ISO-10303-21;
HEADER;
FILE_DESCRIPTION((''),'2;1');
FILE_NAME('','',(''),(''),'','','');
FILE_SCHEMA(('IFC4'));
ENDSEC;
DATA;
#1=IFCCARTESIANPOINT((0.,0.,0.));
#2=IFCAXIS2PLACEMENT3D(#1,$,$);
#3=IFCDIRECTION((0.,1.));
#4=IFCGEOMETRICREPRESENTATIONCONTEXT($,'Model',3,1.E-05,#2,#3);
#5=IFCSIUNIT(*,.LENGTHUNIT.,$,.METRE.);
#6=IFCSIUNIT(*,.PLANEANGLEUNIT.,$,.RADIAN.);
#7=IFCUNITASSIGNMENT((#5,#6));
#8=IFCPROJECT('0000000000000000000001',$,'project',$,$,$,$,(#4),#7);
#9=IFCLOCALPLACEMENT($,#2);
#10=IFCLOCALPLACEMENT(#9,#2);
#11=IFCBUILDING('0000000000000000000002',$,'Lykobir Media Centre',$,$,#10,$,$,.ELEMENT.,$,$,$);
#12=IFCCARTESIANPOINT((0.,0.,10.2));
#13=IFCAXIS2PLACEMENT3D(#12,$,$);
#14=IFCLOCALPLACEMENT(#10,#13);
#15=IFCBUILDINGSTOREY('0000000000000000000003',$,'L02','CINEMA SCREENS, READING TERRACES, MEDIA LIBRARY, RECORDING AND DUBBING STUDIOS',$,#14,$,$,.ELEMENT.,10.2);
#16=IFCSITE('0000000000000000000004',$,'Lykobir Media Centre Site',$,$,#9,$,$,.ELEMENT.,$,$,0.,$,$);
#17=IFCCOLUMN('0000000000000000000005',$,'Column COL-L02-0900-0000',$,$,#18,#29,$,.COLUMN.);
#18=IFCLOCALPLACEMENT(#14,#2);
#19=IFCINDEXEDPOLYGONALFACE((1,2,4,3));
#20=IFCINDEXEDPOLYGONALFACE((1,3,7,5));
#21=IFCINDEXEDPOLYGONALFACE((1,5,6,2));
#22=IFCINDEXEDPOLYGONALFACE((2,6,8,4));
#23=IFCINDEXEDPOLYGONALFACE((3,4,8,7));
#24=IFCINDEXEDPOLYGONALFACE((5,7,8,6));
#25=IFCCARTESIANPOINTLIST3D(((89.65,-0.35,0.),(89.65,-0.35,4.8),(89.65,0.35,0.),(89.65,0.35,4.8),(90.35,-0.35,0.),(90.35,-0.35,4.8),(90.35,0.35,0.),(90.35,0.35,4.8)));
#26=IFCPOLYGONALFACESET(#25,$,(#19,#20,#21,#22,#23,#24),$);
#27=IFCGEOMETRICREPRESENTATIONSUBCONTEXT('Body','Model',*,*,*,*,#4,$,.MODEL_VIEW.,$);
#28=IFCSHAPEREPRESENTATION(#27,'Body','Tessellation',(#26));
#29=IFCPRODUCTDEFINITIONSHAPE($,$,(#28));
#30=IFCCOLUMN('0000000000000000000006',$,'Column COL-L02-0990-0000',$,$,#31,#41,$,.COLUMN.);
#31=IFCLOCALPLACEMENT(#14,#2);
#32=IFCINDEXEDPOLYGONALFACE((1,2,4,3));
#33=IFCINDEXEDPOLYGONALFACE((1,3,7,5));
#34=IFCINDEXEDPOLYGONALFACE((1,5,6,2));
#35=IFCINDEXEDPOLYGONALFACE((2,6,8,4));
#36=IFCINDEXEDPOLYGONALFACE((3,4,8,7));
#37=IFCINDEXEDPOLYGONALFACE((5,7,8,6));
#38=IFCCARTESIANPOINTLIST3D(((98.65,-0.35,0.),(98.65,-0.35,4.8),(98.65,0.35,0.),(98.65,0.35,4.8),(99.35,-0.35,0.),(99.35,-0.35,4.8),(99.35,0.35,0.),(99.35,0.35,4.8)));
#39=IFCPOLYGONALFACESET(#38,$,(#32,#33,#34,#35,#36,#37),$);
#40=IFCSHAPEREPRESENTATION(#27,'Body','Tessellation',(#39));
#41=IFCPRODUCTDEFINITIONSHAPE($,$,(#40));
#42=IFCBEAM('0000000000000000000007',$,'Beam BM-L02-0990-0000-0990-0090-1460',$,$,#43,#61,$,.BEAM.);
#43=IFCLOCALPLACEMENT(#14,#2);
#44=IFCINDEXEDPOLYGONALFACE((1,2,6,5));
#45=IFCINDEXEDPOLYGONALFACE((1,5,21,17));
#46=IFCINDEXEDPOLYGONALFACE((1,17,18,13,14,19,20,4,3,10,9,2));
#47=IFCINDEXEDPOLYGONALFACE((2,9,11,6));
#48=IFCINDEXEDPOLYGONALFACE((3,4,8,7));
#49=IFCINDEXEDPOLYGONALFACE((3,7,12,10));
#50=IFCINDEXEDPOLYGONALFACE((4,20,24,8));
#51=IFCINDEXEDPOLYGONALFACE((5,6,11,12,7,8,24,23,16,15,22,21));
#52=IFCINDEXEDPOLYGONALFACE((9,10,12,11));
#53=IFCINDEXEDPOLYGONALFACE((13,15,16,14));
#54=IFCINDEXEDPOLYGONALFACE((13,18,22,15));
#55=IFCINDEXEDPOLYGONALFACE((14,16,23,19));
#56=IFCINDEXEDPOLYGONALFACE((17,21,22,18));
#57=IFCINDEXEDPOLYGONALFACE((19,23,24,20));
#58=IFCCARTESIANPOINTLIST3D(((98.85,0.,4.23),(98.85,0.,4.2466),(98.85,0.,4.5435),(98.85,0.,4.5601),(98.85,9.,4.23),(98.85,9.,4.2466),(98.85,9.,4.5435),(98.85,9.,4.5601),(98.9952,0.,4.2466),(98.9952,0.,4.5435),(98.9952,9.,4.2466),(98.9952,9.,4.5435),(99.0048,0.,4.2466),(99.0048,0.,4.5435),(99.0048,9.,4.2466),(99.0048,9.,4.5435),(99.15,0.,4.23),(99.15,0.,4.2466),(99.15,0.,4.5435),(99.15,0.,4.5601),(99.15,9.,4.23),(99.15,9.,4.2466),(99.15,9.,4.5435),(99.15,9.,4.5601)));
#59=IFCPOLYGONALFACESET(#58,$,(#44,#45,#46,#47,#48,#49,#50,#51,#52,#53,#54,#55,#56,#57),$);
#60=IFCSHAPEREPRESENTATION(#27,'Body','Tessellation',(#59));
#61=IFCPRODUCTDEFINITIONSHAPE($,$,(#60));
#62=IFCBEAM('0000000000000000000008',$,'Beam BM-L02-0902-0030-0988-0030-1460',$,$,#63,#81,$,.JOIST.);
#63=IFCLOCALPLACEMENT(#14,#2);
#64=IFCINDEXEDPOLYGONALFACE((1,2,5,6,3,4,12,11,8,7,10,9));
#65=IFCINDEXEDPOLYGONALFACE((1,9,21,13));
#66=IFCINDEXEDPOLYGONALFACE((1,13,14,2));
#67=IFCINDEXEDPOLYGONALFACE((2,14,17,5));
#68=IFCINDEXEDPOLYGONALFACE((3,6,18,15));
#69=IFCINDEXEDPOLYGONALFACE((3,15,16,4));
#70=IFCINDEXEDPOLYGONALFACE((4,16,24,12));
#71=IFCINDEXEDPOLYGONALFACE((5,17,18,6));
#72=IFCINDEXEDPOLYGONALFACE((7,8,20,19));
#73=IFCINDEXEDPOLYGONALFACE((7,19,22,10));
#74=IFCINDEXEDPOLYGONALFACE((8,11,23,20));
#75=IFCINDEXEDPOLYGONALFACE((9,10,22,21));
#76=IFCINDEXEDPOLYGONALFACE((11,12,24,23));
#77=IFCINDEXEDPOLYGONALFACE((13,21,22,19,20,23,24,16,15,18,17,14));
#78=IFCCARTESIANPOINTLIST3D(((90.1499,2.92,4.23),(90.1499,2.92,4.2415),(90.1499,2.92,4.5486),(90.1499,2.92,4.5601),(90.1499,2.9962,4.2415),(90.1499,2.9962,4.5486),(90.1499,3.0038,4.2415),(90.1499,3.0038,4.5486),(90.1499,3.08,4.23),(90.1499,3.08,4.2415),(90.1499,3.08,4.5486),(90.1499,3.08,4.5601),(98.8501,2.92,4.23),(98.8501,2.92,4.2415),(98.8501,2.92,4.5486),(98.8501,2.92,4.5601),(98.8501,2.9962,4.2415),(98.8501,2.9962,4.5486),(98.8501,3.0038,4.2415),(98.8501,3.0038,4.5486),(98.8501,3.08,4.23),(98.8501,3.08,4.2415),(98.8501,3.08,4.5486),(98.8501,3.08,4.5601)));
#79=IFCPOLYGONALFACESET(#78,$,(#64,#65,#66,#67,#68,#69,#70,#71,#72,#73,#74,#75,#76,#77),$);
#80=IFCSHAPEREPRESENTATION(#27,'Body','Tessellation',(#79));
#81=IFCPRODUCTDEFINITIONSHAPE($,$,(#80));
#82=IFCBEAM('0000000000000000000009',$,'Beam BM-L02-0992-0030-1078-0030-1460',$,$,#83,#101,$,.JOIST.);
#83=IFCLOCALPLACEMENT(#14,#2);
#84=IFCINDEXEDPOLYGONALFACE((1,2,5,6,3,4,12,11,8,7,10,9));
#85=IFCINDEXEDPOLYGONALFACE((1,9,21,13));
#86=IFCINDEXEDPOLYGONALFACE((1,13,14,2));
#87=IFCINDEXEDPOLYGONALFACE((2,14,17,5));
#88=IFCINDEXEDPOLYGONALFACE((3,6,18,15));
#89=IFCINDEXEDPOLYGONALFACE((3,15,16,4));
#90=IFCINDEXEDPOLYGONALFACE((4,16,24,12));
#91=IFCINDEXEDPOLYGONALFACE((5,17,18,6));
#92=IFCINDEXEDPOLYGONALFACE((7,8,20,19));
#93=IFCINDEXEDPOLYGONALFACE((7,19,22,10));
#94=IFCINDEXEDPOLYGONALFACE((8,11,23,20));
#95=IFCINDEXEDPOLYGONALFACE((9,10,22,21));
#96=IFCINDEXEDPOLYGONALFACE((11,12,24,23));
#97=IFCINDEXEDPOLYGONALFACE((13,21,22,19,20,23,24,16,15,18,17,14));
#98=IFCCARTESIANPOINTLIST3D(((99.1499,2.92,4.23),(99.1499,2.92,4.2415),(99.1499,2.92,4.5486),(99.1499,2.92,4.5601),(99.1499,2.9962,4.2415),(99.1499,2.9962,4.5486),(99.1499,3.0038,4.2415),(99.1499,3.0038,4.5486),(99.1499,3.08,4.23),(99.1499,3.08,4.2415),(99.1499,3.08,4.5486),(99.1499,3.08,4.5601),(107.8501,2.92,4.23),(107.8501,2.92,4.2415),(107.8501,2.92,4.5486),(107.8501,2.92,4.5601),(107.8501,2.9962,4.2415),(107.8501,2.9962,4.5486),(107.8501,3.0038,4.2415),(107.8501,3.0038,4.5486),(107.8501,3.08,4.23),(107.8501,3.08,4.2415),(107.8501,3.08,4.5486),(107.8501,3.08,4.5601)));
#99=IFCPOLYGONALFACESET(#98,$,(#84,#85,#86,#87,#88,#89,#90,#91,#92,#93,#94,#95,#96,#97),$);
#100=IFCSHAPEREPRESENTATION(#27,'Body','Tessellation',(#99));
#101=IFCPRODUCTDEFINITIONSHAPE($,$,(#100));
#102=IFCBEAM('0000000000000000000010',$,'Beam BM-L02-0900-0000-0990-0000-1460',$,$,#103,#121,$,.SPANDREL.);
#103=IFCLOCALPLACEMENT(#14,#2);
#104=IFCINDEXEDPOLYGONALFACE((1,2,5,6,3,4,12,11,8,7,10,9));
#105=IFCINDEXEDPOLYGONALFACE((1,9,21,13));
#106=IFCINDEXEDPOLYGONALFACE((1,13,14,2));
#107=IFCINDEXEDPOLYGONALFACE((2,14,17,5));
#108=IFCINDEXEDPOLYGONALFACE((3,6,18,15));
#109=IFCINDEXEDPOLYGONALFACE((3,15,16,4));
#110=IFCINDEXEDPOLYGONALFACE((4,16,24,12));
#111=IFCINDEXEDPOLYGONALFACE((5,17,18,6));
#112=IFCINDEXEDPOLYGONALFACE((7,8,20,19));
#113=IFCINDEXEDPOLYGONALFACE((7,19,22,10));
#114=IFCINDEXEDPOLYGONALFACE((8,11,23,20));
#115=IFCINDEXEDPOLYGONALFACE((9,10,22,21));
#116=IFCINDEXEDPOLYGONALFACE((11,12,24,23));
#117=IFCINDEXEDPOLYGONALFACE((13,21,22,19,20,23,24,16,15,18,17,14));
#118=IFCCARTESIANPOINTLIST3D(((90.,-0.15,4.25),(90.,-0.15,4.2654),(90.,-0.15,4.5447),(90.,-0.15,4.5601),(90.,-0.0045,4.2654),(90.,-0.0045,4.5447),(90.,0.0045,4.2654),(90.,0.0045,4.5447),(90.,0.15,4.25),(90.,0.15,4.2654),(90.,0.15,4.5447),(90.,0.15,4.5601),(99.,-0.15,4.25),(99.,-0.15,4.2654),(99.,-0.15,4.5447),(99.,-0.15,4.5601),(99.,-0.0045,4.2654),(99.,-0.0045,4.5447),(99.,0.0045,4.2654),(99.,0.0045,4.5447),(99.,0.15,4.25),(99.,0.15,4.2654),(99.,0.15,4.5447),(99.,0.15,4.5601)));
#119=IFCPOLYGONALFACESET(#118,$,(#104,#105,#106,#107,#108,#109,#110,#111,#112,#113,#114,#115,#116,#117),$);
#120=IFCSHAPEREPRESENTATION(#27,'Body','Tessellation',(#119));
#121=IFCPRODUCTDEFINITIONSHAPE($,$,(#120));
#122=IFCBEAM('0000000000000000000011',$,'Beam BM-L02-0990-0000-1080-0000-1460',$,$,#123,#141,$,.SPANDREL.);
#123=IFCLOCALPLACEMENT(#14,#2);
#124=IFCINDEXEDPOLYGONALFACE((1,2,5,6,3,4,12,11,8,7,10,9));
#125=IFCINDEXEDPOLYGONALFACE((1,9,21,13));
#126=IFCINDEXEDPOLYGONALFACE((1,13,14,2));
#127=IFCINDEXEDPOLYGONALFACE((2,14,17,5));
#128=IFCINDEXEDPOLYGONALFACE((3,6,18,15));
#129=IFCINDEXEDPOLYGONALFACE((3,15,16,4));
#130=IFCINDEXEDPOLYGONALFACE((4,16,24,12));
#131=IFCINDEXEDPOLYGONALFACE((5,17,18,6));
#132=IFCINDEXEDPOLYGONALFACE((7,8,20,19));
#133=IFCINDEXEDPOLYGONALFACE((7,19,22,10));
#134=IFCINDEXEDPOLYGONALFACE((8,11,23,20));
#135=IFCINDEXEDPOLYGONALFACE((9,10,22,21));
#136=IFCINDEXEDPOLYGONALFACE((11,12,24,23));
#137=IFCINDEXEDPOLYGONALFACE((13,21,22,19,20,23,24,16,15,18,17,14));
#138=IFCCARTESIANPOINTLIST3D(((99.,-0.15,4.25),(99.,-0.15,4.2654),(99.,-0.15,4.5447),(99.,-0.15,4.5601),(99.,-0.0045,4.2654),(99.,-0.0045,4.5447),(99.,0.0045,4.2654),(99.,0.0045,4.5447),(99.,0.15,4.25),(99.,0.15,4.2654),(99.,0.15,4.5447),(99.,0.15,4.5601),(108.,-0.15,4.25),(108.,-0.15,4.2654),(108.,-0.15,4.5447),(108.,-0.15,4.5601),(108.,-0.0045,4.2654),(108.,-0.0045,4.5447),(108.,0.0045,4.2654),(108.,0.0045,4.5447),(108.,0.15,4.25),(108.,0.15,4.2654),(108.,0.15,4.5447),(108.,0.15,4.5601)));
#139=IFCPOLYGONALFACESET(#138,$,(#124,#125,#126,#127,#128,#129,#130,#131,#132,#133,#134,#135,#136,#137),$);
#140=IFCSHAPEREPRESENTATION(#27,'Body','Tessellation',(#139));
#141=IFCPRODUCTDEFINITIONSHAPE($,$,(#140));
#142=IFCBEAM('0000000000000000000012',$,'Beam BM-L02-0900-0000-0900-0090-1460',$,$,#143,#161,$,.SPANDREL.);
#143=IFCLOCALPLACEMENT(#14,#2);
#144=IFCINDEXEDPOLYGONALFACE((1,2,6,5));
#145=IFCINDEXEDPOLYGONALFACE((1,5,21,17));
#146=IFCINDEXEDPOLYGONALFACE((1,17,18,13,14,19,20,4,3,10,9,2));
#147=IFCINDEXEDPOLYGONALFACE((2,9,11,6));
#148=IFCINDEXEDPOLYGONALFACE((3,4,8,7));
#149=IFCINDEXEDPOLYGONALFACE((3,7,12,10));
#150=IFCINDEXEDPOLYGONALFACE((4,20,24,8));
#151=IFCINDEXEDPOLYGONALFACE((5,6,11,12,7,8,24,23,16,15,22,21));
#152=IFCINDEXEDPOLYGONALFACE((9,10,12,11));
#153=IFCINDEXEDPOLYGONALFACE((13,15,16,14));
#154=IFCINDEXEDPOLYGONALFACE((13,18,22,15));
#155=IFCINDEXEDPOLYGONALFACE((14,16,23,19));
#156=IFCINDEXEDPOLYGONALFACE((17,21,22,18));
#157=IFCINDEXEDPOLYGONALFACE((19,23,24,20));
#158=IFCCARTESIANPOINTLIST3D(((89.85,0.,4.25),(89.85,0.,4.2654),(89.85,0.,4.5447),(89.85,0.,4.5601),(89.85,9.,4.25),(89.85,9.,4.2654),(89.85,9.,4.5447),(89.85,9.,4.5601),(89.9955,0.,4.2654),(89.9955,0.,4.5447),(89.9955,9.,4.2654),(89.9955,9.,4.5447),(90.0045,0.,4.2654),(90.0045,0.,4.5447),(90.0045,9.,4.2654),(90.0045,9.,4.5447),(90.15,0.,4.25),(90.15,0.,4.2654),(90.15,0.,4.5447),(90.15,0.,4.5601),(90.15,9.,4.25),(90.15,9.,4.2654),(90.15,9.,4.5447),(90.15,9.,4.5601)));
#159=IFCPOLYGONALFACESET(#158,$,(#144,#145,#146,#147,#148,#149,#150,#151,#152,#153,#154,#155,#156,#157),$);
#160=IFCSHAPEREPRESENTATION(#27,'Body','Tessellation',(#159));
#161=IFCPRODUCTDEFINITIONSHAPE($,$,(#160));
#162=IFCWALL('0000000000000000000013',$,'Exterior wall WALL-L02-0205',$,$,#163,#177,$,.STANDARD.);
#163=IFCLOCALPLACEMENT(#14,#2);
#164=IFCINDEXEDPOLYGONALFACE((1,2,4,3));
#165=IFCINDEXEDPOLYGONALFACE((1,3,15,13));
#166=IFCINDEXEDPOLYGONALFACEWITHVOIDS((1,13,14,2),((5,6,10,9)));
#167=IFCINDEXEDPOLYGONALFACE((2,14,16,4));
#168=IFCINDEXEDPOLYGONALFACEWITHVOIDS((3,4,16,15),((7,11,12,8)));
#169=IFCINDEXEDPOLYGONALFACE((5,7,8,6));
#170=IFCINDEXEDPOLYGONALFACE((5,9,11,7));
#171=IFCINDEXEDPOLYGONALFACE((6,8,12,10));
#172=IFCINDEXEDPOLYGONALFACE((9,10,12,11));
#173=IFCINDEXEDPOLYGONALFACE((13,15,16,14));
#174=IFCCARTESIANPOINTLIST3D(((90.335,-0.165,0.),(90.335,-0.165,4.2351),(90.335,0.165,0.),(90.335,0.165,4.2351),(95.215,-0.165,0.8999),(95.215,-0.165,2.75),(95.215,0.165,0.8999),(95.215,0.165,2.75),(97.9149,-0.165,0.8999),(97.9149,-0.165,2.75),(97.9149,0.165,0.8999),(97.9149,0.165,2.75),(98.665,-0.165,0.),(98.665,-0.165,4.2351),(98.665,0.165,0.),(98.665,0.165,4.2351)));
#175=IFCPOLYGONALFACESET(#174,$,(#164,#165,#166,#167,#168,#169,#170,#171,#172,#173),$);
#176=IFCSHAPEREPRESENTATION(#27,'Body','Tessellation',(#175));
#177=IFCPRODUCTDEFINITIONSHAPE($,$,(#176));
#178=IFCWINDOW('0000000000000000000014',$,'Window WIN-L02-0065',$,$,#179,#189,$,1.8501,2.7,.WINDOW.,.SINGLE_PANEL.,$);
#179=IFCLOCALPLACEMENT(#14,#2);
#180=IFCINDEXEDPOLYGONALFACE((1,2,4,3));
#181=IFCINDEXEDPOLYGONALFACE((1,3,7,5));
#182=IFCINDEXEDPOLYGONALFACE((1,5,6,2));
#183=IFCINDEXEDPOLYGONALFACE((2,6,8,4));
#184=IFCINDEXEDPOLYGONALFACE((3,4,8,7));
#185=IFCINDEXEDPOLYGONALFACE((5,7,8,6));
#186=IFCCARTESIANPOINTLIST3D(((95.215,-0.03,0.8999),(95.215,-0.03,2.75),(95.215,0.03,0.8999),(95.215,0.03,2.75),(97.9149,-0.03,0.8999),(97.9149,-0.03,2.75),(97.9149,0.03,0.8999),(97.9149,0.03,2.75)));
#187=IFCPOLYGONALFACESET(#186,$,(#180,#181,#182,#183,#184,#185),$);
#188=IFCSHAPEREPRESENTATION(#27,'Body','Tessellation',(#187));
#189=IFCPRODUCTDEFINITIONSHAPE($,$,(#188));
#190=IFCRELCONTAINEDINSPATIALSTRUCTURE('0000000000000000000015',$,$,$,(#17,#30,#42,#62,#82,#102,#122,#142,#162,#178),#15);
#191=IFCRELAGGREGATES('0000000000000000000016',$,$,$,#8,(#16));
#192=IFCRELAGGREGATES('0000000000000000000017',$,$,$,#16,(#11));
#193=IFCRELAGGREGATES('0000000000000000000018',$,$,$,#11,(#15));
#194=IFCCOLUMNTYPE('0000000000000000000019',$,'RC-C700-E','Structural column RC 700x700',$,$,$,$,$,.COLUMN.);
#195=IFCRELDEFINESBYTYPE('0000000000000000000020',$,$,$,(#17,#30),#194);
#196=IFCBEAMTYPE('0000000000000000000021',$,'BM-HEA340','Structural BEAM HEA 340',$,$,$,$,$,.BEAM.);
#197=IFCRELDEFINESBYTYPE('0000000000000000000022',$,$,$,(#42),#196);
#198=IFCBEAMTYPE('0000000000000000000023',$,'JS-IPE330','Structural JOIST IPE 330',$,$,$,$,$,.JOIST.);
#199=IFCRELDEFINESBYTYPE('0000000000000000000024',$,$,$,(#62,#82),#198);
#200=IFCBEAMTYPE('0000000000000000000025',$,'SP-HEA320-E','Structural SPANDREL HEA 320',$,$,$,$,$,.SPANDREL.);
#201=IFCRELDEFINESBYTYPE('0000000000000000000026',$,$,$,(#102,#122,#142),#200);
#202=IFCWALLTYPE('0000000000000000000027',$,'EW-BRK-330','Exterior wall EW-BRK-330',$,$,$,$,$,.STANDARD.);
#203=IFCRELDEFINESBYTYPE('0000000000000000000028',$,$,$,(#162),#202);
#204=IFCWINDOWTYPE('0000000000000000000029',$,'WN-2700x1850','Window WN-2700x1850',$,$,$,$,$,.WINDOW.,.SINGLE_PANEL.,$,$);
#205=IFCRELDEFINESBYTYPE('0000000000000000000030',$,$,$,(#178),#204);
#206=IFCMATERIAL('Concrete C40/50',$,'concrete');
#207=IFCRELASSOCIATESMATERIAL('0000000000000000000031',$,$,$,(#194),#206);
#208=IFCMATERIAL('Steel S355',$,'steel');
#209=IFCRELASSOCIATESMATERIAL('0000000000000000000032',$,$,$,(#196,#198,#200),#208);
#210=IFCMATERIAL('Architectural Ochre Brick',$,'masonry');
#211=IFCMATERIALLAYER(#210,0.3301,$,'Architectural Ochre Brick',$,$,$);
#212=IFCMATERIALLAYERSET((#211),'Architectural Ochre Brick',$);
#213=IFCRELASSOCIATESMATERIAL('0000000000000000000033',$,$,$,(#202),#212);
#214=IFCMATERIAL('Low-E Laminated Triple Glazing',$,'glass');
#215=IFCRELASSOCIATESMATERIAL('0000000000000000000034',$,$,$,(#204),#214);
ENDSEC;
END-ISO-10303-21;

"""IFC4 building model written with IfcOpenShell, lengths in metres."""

from ifc_helpers import new_model, si_unit, direction, frame, frame_2d, origin, origin_2d, place, context, subcontext, project, spatial, rectangle, i_section, extrude, material, layer, layer_set, material_profile, profile_set, type_object, element, fill, save


model = new_model("IFC4")

# Units and contexts
model_context = context("Model", 3, precision=1e-05, world=origin(), true_north=direction((0.0, 1.0)))
body_context = subcontext(model_context, "Body", "Model", "MODEL_VIEW")
ifc_project = project(units=[si_unit("LENGTHUNIT", "METRE"), si_unit("PLANEANGLEUNIT", "RADIAN")], contexts=[model_context])

# Site, building, storey
site_placement = place(None, origin())
site = spatial("IfcSite", under=ifc_project, at=site_placement, Name="Lykobir Media Centre Site", CompositionType="ELEMENT", RefElevation=0.0)
building_placement = place(site_placement, origin())
building = spatial("IfcBuilding", under=site, at=building_placement, Name="Lykobir Media Centre", CompositionType="ELEMENT")
storey_placement = place(building_placement, frame((0.0, 0.0, 10.2)))
storey = spatial("IfcBuildingStorey", under=building, at=storey_placement, Name="L02", Description="CINEMA SCREENS, READING TERRACES, MEDIA LIBRARY, RECORDING AND DUBBING STUDIOS", CompositionType="ELEMENT", Elevation=10.2)

# Columns
ifc_material_1 = material(Name="Concrete C40/50", Category="concrete")
ifc_material_profile_1 = material_profile(ifc_material_1, rectangle(XDim=0.7, YDim=0.7, at=origin_2d()), Name="RC 700x700")
ifc_profile_set_1 = profile_set([ifc_material_profile_1], Name="Concrete C40/50")
column_type = type_object("IfcColumnType", Name="RC-C700-E", Description="Structural column RC 700x700", PredefinedType="COLUMN", material=ifc_profile_set_1)
for number, where, z_axis, x_axis, name in (
    (1, (90.0, 0.0, 0.0), (0.0, 0.0, 1.0), (1.0, 0.0, 0.0), "Column COL-L02-0900-0000"),
    (2, (99.0, 0.0, 0.0), (0.0, 0.0, 1.0), (1.0, 0.0, 0.0), "Column COL-L02-0990-0000"),
):
    element("IfcColumn", number, at=place(storey_placement, frame(where, z_axis=z_axis, x_axis=x_axis)), inside=storey, type_object=column_type, Name=name, PredefinedType="COLUMN", context=body_context, shape_type="SweptSolid", body=[
        extrude(rectangle(XDim=0.7, YDim=0.7, at=origin_2d()), origin(), (0.0, 0.0, 1.0), 4.8),
    ])

# Beams
ifc_material_2 = material(Name="Steel S355", Category="steel")
ifc_material_profile_2 = material_profile(ifc_material_2, i_section(OverallWidth=0.3, OverallDepth=0.3301, WebThickness=0.0095, FlangeThickness=0.0166, at=origin_2d()), Name="HEA 340")
ifc_profile_set_2 = profile_set([ifc_material_profile_2], Name="Steel S355")
beam_type_1 = type_object("IfcBeamType", Name="BM-HEA340", Description="Structural BEAM HEA 340", PredefinedType="BEAM", material=ifc_profile_set_2)
beam_placement = place(storey_placement, frame((99.0, 0.0, 4.395), z_axis=(0.0, 1.0, 0.0), x_axis=(-1.0, 0.0, 0.0)))
element("IfcBeam", 3, at=beam_placement, inside=storey, type_object=beam_type_1, Name="Beam BM-L02-0990-0000-0990-0090-1460", PredefinedType="BEAM", context=body_context, shape_type="SweptSolid", body=[
    extrude(i_section(OverallWidth=0.3, OverallDepth=0.3301, WebThickness=0.0095, FlangeThickness=0.0166, at=origin_2d()), origin(), (0.0, 0.0, 1.0), 9.0),
])
ifc_material_profile_3 = material_profile(ifc_material_2, i_section(OverallWidth=0.1599, OverallDepth=0.3301, WebThickness=0.0076, FlangeThickness=0.0115, at=origin_2d()), Name="IPE 330")
ifc_profile_set_3 = profile_set([ifc_material_profile_3], Name="Steel S355")
beam_type_2 = type_object("IfcBeamType", Name="JS-IPE330", Description="Structural JOIST IPE 330", PredefinedType="JOIST", material=ifc_profile_set_3)
for number, where, z_axis, x_axis, name in (
    (4, (90.1499, 3.0, 4.395), (1.0, 0.0, 0.0), (0.0, 1.0, 0.0), "Beam BM-L02-0902-0030-0988-0030-1460"),
    (5, (99.1499, 3.0, 4.395), (1.0, 0.0, 0.0), (0.0, 1.0, 0.0), "Beam BM-L02-0992-0030-1078-0030-1460"),
):
    element("IfcBeam", number, at=place(storey_placement, frame(where, z_axis=z_axis, x_axis=x_axis)), inside=storey, type_object=beam_type_2, Name=name, PredefinedType="JOIST", context=body_context, shape_type="SweptSolid", body=[
        extrude(i_section(OverallWidth=0.1599, OverallDepth=0.3301, WebThickness=0.0076, FlangeThickness=0.0115, at=origin_2d()), origin(), (0.0, 0.0, 1.0), 8.7002),
    ])
ifc_material_profile_4 = material_profile(ifc_material_2, i_section(OverallWidth=0.3, OverallDepth=0.3101, WebThickness=0.009, FlangeThickness=0.0154, at=origin_2d()), Name="HEA 320")
ifc_profile_set_4 = profile_set([ifc_material_profile_4], Name="Steel S355")
beam_type_3 = type_object("IfcBeamType", Name="SP-HEA320-E", Description="Structural SPANDREL HEA 320", PredefinedType="SPANDREL", material=ifc_profile_set_4)
for number, where, z_axis, x_axis, name in (
    (6, (90.0, 0.0, 4.405), (1.0, 0.0, 0.0), (0.0, 1.0, 0.0), "Beam BM-L02-0900-0000-0990-0000-1460"),
    (7, (99.0, 0.0, 4.405), (1.0, 0.0, 0.0), (0.0, 1.0, 0.0), "Beam BM-L02-0990-0000-1080-0000-1460"),
    (8, (90.0, 0.0, 4.405), (0.0, 1.0, 0.0), (-1.0, 0.0, 0.0), "Beam BM-L02-0900-0000-0900-0090-1460"),
):
    element("IfcBeam", number, at=place(storey_placement, frame(where, z_axis=z_axis, x_axis=x_axis)), inside=storey, type_object=beam_type_3, Name=name, PredefinedType="SPANDREL", context=body_context, shape_type="SweptSolid", body=[
        extrude(i_section(OverallWidth=0.3, OverallDepth=0.3101, WebThickness=0.009, FlangeThickness=0.0154, at=origin_2d()), origin(), (0.0, 0.0, 1.0), 9.0),
    ])

# Wall, opening, window
ifc_material_3 = material(Name="Architectural Ochre Brick", Category="masonry")
ifc_layer_1 = layer(ifc_material_3, 0.3301, Name="Architectural Ochre Brick")
ifc_layer_set_1 = layer_set([ifc_layer_1], Name="Architectural Ochre Brick")
wall_type = type_object("IfcWallType", Name="EW-BRK-330", Description="Exterior wall EW-BRK-330", PredefinedType="STANDARD", material=ifc_layer_set_1)
wall_1_placement = place(storey_placement, frame((90.335, 0.0, 0.0), z_axis=(0.0, 0.0, 1.0), x_axis=(1.0, 0.0, 0.0)))
wall_1 = element("IfcWall", 9, at=wall_1_placement, inside=storey, type_object=wall_type, Name="Exterior wall WALL-L02-0205", PredefinedType="STANDARD", context=body_context, shape_type="SweptSolid", body=[
    extrude(rectangle(XDim=8.3301, YDim=0.3301, at=frame_2d((4.165, 0.0))), origin(), (0.0, 0.0, 1.0), 4.2351),
])
opening_1_placement = place(wall_1_placement, frame((4.8799, 0.0, 0.8999)))
opening_1 = element("IfcOpeningElement", 10, at=opening_1_placement, cuts=wall_1, PredefinedType="OPENING", context=body_context, shape_type="SweptSolid", body=[
    extrude(rectangle(XDim=2.7, YDim=1.8501, at=frame_2d((1.3501, 0.925))), frame((0.0, 0.175, 0.0), z_axis=(0.0, -1.0, 0.0), x_axis=(1.0, 0.0, 0.0)), (0.0, 0.0, 1.0), 0.3501),
])
ifc_material_4 = material(Name="Low-E Laminated Triple Glazing", Category="glass")
window_type_1 = type_object("IfcWindowType", Name="WN-2700x1850", Description="Window WN-2700x1850", PartitioningType="SINGLE_PANEL", PredefinedType="WINDOW", material=ifc_material_4)
window_1_placement = place(opening_1_placement, origin())
window_1 = element("IfcWindow", 11, at=window_1_placement, inside=storey, type_object=window_type_1, Name="Window WIN-L02-0065", OverallHeight=1.8501, OverallWidth=2.7, PartitioningType="SINGLE_PANEL", PredefinedType="WINDOW", context=body_context, shape_type="SweptSolid", body=[
    extrude(rectangle(XDim=2.7, YDim=1.8501, at=frame_2d((1.3501, 0.925))), frame((0.0, 0.03, 0.0), z_axis=(0.0, -1.0, 0.0), x_axis=(1.0, 0.0, 0.0)), (0.0, 0.0, 1.0), 0.0601),
])
fill(opening_1, window_1)

save(model, "model.ifc")
